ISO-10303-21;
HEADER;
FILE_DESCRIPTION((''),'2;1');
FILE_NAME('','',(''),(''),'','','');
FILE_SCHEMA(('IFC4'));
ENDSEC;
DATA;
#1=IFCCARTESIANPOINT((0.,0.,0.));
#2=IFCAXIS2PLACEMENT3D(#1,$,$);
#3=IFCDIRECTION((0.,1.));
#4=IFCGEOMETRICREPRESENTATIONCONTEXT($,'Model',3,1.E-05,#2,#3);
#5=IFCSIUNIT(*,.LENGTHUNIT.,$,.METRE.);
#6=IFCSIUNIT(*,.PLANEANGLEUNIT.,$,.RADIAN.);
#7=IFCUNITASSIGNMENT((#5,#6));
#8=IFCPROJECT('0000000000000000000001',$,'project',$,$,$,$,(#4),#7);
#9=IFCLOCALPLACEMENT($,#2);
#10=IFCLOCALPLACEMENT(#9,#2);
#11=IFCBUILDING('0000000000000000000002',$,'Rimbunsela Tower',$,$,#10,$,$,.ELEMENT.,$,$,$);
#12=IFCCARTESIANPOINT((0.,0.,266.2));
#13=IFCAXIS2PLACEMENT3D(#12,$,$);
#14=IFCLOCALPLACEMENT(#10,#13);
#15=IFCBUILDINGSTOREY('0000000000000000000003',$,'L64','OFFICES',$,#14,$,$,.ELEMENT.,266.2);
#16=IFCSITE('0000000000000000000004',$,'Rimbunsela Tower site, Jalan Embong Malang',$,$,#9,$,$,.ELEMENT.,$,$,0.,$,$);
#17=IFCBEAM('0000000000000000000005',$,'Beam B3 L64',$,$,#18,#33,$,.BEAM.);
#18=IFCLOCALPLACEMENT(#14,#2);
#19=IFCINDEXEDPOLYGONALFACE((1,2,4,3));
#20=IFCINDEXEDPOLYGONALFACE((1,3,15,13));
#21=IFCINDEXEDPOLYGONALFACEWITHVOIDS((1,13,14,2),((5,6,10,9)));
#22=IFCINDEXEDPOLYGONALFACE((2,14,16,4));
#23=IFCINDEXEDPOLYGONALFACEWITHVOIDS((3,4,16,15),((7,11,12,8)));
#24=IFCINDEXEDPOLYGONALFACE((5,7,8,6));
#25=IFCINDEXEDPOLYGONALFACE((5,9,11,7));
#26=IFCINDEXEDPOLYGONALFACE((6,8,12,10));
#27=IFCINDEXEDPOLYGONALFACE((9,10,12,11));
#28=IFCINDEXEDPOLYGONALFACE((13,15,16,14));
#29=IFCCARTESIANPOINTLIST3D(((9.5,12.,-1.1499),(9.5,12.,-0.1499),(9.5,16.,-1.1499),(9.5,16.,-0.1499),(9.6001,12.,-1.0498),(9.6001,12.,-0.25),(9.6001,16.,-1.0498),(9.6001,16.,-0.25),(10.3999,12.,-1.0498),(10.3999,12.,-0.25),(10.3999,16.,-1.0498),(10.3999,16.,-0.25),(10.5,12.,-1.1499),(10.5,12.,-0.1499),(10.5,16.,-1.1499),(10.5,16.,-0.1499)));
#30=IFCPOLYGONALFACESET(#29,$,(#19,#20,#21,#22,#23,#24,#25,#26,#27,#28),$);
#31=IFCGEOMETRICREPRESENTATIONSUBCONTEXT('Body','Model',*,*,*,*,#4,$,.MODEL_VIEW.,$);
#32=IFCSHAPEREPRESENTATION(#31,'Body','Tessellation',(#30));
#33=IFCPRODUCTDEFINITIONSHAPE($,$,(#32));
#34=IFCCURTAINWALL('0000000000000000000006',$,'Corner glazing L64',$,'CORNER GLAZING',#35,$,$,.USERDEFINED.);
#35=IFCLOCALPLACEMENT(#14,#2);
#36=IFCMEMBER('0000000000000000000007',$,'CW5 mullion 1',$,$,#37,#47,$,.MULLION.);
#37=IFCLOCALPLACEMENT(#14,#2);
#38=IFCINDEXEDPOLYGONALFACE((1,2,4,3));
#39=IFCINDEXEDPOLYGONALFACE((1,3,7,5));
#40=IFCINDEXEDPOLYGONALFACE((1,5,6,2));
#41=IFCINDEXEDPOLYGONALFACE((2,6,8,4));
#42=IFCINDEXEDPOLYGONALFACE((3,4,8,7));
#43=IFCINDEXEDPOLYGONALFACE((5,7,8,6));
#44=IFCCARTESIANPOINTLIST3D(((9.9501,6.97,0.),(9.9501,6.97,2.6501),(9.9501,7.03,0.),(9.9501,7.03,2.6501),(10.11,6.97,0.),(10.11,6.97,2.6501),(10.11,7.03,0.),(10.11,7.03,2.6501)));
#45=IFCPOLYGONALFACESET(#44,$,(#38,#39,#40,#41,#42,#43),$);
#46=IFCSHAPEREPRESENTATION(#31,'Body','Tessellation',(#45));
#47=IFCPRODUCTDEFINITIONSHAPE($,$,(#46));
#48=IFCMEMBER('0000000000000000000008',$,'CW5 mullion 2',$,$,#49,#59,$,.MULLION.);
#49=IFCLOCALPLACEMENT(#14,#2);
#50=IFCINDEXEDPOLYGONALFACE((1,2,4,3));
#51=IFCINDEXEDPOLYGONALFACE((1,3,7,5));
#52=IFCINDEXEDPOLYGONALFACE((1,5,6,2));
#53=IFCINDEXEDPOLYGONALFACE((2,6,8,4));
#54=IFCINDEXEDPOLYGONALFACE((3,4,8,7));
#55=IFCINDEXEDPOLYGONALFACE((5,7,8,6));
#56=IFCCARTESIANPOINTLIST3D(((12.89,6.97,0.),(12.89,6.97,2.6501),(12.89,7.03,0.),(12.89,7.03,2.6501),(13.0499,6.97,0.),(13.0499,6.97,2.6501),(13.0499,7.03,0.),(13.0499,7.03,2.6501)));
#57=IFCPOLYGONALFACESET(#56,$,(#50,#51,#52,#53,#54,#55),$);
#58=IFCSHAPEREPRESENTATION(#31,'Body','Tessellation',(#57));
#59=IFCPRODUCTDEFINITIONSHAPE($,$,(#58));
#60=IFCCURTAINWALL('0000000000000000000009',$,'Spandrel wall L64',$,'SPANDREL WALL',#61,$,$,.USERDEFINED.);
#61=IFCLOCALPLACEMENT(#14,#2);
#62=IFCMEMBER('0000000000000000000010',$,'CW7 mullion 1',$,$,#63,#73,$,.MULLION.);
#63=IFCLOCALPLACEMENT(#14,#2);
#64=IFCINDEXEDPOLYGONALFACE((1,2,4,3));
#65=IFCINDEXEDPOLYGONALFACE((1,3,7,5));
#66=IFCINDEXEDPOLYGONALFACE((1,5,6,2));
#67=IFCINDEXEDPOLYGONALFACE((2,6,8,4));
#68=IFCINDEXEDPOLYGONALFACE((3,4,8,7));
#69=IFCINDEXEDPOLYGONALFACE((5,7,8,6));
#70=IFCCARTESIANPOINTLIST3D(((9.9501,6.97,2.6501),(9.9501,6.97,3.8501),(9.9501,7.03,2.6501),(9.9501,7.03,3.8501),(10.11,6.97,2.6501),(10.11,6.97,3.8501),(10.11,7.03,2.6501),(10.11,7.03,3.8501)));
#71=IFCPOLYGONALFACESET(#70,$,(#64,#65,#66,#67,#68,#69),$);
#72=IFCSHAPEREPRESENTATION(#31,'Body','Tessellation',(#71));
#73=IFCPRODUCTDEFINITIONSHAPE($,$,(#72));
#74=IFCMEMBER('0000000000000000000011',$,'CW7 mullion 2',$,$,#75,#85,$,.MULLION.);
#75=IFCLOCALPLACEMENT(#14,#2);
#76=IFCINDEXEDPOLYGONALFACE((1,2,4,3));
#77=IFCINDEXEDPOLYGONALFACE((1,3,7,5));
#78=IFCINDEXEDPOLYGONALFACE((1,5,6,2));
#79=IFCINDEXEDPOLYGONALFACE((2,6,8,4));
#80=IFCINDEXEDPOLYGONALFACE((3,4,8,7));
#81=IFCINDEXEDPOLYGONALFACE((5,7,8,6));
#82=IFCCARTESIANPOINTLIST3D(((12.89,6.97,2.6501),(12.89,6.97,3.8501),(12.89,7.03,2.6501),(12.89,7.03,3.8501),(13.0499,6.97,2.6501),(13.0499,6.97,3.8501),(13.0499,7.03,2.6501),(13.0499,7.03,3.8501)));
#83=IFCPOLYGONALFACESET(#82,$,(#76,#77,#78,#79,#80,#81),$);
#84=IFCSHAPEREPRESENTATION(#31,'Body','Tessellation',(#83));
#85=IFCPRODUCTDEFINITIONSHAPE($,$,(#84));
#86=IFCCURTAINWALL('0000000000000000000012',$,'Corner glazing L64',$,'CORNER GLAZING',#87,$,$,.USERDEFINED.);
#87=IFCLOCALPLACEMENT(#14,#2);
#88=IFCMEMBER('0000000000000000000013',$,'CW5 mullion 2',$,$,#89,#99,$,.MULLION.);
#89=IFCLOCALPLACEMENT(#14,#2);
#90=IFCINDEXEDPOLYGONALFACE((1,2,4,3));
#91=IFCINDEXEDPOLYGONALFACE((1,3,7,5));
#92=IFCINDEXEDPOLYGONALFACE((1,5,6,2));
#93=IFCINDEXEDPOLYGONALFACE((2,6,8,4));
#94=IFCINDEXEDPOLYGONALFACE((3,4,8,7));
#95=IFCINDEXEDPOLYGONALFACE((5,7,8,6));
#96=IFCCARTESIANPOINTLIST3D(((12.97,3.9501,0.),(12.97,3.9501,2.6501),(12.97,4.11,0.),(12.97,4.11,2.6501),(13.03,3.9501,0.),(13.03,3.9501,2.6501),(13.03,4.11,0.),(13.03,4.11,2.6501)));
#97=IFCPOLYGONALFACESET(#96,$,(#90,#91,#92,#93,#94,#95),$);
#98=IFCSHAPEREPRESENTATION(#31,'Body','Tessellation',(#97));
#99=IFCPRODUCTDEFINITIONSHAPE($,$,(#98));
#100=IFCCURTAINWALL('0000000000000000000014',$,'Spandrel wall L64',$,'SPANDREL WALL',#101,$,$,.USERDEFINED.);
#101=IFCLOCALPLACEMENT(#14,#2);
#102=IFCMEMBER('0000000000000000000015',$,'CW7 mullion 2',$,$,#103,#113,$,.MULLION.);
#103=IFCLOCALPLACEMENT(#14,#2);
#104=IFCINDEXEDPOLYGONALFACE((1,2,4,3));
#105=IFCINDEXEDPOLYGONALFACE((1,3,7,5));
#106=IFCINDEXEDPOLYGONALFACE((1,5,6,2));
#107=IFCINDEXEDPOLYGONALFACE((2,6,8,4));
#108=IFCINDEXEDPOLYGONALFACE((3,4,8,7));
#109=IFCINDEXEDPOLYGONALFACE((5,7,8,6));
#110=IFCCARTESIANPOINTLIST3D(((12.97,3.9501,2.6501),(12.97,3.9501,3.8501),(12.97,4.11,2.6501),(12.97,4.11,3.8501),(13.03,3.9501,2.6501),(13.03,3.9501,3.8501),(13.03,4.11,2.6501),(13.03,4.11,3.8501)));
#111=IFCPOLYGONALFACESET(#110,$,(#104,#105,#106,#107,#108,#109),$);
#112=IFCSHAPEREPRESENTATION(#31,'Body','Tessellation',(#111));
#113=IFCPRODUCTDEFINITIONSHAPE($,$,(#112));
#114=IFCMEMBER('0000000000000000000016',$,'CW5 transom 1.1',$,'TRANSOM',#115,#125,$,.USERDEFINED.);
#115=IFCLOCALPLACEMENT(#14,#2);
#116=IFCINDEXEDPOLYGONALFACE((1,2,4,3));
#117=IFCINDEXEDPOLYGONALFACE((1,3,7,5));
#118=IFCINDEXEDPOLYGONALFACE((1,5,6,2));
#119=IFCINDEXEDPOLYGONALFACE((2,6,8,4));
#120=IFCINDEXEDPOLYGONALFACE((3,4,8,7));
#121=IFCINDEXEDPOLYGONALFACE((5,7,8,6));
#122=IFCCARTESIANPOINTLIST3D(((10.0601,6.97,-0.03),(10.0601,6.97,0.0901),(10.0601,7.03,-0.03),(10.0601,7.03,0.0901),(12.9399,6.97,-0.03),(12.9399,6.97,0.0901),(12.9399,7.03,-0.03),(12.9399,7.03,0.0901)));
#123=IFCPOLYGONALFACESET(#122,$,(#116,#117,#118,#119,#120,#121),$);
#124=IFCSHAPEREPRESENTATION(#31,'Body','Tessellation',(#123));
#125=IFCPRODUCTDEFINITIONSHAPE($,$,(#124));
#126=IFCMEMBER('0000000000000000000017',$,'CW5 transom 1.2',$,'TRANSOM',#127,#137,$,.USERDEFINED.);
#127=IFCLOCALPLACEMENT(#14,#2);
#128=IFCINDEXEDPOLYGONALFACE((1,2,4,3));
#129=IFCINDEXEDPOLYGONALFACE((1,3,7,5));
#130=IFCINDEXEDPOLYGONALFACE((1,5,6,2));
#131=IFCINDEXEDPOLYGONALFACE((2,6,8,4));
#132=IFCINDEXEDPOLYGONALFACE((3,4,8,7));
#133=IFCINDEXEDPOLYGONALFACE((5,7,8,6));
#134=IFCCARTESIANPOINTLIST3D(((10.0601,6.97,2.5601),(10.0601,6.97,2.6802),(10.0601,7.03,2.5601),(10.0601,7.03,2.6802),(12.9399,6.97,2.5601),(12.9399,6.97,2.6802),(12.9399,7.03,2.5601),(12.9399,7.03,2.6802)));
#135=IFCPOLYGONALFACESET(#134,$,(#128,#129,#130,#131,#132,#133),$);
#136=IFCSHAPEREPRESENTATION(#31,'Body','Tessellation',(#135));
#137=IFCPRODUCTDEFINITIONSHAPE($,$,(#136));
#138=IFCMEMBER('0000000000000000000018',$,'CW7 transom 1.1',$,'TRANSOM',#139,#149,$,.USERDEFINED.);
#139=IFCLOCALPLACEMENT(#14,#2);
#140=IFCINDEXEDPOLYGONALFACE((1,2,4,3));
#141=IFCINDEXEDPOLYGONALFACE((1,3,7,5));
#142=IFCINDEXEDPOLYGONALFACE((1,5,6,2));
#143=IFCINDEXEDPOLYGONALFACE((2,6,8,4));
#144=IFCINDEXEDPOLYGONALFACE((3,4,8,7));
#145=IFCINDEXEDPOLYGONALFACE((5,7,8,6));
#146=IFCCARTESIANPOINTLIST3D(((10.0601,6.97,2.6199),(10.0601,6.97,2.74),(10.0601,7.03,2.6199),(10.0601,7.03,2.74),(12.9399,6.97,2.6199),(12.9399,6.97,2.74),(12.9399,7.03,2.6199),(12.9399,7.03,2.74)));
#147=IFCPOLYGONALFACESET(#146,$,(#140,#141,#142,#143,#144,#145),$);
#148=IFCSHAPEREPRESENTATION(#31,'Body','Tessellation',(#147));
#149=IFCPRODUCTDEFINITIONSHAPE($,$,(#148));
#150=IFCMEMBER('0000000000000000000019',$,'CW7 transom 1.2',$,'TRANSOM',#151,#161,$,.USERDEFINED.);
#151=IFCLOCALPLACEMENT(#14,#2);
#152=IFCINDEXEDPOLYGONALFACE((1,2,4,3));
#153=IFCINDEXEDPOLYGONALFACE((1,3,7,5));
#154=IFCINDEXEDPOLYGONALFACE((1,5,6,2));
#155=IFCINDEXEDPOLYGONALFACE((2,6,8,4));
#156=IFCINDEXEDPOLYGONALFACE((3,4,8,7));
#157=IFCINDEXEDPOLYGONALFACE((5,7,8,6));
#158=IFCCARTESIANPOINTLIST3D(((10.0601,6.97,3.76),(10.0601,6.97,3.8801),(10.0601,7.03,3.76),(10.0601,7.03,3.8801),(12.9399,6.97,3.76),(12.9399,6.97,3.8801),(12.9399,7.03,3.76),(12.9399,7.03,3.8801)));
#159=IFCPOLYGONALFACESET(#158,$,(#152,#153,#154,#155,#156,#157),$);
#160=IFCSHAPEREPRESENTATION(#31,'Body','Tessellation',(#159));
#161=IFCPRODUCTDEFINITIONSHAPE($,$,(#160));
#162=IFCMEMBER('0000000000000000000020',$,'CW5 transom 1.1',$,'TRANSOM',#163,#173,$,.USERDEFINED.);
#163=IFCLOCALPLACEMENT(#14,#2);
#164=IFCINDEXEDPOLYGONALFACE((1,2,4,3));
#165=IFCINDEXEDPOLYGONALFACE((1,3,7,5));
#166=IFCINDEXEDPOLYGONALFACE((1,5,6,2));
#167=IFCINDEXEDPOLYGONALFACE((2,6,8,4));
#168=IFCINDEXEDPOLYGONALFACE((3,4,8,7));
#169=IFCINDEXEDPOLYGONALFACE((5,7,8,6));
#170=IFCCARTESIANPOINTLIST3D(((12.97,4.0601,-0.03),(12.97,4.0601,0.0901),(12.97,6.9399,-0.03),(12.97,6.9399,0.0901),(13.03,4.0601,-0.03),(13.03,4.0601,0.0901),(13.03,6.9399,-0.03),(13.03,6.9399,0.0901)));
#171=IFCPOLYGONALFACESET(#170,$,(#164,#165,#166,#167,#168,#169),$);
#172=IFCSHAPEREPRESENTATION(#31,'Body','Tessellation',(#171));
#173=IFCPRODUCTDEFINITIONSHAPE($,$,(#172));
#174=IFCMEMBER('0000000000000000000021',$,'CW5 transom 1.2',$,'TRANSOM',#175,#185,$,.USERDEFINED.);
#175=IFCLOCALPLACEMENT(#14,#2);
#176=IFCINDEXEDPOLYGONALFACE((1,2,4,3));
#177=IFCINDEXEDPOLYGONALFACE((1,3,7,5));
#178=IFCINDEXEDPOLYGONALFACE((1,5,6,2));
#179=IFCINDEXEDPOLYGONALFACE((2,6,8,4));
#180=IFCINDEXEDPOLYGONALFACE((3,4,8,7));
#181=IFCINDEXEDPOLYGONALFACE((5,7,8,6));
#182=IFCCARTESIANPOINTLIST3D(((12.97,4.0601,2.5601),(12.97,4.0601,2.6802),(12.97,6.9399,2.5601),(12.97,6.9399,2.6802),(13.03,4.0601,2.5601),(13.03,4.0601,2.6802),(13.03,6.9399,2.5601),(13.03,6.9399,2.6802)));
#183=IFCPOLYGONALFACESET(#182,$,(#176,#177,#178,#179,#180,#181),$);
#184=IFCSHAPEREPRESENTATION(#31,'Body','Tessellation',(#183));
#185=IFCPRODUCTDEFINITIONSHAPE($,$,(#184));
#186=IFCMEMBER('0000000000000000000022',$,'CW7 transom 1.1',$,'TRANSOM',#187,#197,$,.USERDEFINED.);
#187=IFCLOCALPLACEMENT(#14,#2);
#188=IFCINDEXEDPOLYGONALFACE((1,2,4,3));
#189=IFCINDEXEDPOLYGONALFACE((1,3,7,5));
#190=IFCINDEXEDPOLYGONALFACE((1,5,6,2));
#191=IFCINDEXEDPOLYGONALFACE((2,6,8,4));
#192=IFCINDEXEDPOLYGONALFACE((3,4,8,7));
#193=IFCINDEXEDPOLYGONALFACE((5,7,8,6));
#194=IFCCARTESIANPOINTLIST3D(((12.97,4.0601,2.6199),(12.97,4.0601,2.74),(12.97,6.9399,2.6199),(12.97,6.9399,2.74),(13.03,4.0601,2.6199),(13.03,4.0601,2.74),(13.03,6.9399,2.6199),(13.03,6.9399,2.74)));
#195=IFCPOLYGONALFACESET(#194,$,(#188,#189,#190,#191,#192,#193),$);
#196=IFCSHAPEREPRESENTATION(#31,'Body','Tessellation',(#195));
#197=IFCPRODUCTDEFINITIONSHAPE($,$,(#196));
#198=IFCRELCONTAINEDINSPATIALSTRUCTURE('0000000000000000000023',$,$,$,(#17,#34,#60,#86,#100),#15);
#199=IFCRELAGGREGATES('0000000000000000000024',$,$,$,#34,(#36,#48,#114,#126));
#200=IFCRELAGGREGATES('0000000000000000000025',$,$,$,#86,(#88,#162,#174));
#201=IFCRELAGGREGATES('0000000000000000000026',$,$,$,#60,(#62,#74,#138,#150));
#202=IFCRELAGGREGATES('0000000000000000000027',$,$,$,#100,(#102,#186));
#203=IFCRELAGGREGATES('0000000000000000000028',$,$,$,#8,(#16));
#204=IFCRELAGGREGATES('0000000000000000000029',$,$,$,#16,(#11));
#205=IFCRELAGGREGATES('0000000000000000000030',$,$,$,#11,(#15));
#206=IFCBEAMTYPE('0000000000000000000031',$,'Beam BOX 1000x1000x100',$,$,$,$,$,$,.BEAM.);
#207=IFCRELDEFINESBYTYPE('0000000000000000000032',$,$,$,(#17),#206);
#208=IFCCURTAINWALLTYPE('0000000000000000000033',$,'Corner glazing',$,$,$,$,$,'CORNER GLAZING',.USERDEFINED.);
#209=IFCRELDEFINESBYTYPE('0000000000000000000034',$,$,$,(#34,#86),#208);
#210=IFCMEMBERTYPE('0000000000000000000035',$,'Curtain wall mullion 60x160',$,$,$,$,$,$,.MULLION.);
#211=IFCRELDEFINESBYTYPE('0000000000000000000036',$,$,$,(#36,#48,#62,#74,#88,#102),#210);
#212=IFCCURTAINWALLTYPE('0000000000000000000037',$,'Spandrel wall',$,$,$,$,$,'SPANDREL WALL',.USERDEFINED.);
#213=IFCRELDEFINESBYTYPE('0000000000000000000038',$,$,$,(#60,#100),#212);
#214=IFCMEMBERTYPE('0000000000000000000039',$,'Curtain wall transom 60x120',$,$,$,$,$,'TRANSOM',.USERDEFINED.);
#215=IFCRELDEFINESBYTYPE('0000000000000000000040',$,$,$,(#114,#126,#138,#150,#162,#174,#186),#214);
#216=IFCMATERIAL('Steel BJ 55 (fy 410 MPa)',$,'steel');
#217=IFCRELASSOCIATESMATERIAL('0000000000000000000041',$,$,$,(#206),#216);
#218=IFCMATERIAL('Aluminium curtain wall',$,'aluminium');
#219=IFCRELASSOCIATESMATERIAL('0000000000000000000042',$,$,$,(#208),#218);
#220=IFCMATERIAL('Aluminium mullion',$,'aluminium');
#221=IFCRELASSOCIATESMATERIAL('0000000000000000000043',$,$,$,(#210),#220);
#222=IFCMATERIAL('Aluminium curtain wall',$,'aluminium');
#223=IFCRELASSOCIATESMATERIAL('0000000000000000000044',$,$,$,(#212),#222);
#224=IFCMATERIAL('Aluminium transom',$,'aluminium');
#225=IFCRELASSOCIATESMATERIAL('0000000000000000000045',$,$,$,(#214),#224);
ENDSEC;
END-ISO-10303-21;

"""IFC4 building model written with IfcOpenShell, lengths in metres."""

from ifc_helpers import new_model, si_unit, direction, frame, origin, origin_2d, place, context, subcontext, project, spatial, rectangle, hollow_rectangle, extrude, material, material_profile, profile_set, type_object, element, aggregate, save


model = new_model("IFC4")

# Units and contexts
model_context = context("Model", 3, precision=1e-05, world=origin(), true_north=direction((0.0, 1.0)))
body_context = subcontext(model_context, "Body", "Model", "MODEL_VIEW")
ifc_project = project(units=[si_unit("LENGTHUNIT", "METRE"), si_unit("PLANEANGLEUNIT", "RADIAN")], contexts=[model_context])

# Site, building, storey
site_placement = place(None, origin())
site = spatial("IfcSite", under=ifc_project, at=site_placement, Name="Rimbunsela Tower site, Jalan Embong Malang", CompositionType="ELEMENT", RefElevation=0.0)
building_placement = place(site_placement, origin())
building = spatial("IfcBuilding", under=site, at=building_placement, Name="Rimbunsela Tower", CompositionType="ELEMENT")
storey_placement = place(building_placement, frame((0.0, 0.0, 266.2)))
storey = spatial("IfcBuildingStorey", under=building, at=storey_placement, Name="L64", Description="OFFICES", CompositionType="ELEMENT", Elevation=266.2)

# Beam
ifc_material_1 = material(Name="Steel BJ 55 (fy 410 MPa)", Category="steel")
ifc_material_profile_1 = material_profile(ifc_material_1, hollow_rectangle(XDim=1.0, YDim=1.0, WallThickness=0.1001, at=origin_2d()), Name="BOX 1000x1000x100")
ifc_profile_set_1 = profile_set([ifc_material_profile_1], Name="Steel BJ 55 (fy 410 MPa)")
beam_type = type_object("IfcBeamType", Name="Beam BOX 1000x1000x100", PredefinedType="BEAM", material=ifc_profile_set_1)
beam_placement = place(storey_placement, frame((10.0, 12.0, -0.6499), z_axis=(0.0, 1.0, 0.0), x_axis=(-1.0, 0.0, 0.0)))
element("IfcBeam", 1, at=beam_placement, inside=storey, type_object=beam_type, Name="Beam B3 L64", PredefinedType="BEAM", context=body_context, shape_type="SweptSolid", body=[
    extrude(hollow_rectangle(XDim=1.0, YDim=1.0, WallThickness=0.1001, at=origin_2d()), origin(), (0.0, 0.0, 1.0), 4.0),
])

# Curtain walls, members
ifc_material_2 = material(Name="Aluminium curtain wall", Category="aluminium")
curtain_wall_type_1 = type_object("IfcCurtainWallType", Name="Corner glazing", ElementType="CORNER GLAZING", PredefinedType="USERDEFINED", material=ifc_material_2)
curtain_wall_1_placement = place(storey_placement, origin())
curtain_wall_1 = element("IfcCurtainWall", 2, at=curtain_wall_1_placement, inside=storey, type_object=curtain_wall_type_1, Name="Corner glazing L64", ObjectType="CORNER GLAZING", PredefinedType="USERDEFINED")
ifc_material_3 = material(Name="Aluminium mullion", Category="aluminium")
ifc_material_profile_2 = material_profile(ifc_material_3, rectangle(XDim=0.0601, YDim=0.1599, at=origin_2d()), Name="Mullion 60x160")
ifc_profile_set_2 = profile_set([ifc_material_profile_2], Name="Aluminium mullion")
member_type_1 = type_object("IfcMemberType", Name="Curtain wall mullion 60x160", PredefinedType="MULLION", material=ifc_profile_set_2)
member_1_placement = place(storey_placement, frame((10.03, 7.0, 0.0), z_axis=(0.0, 0.0, 1.0), x_axis=(0.0, 1.0, 0.0)))
member_1 = element("IfcMember", 3, at=member_1_placement, type_object=member_type_1, Name="CW5 mullion 1", PredefinedType="MULLION", context=body_context, shape_type="SweptSolid", body=[
    extrude(rectangle(XDim=0.0601, YDim=0.1599, at=origin_2d()), origin(), (0.0, 0.0, 1.0), 2.6501),
])
member_2_placement = place(storey_placement, frame((12.97, 7.0, 0.0), z_axis=(0.0, 0.0, 1.0), x_axis=(0.0, 1.0, 0.0)))
member_2 = element("IfcMember", 4, at=member_2_placement, type_object=member_type_1, Name="CW5 mullion 2", PredefinedType="MULLION", context=body_context, shape_type="SweptSolid", body=[
    extrude(rectangle(XDim=0.0601, YDim=0.1599, at=origin_2d()), origin(), (0.0, 0.0, 1.0), 2.6501),
])
ifc_material_4 = material(Name="Aluminium curtain wall", Category="aluminium")
curtain_wall_type_2 = type_object("IfcCurtainWallType", Name="Spandrel wall", ElementType="SPANDREL WALL", PredefinedType="USERDEFINED", material=ifc_material_4)
curtain_wall_2_placement = place(storey_placement, origin())
curtain_wall_2 = element("IfcCurtainWall", 5, at=curtain_wall_2_placement, inside=storey, type_object=curtain_wall_type_2, Name="Spandrel wall L64", ObjectType="SPANDREL WALL", PredefinedType="USERDEFINED")
member_3_placement = place(storey_placement, frame((10.03, 7.0, 2.6501), z_axis=(0.0, 0.0, 1.0), x_axis=(0.0, 1.0, 0.0)))
member_3 = element("IfcMember", 6, at=member_3_placement, type_object=member_type_1, Name="CW7 mullion 1", PredefinedType="MULLION", context=body_context, shape_type="SweptSolid", body=[
    extrude(rectangle(XDim=0.0601, YDim=0.1599, at=origin_2d()), origin(), (0.0, 0.0, 1.0), 1.2),
])
member_4_placement = place(storey_placement, frame((12.97, 7.0, 2.6501), z_axis=(0.0, 0.0, 1.0), x_axis=(0.0, 1.0, 0.0)))
member_4 = element("IfcMember", 7, at=member_4_placement, type_object=member_type_1, Name="CW7 mullion 2", PredefinedType="MULLION", context=body_context, shape_type="SweptSolid", body=[
    extrude(rectangle(XDim=0.0601, YDim=0.1599, at=origin_2d()), origin(), (0.0, 0.0, 1.0), 1.2),
])

# Curtain walls, members
curtain_wall_3_placement = place(storey_placement, origin())
curtain_wall_3 = element("IfcCurtainWall", 8, at=curtain_wall_3_placement, inside=storey, type_object=curtain_wall_type_1, Name="Corner glazing L64", ObjectType="CORNER GLAZING", PredefinedType="USERDEFINED")
member_5_placement = place(storey_placement, frame((13.0, 4.03, 0.0), z_axis=(0.0, 0.0, 1.0), x_axis=(1.0, 0.0, 0.0)))
member_5 = element("IfcMember", 9, at=member_5_placement, type_object=member_type_1, Name="CW5 mullion 2", PredefinedType="MULLION", context=body_context, shape_type="SweptSolid", body=[
    extrude(rectangle(XDim=0.0601, YDim=0.1599, at=origin_2d()), origin(), (0.0, 0.0, 1.0), 2.6501),
])
curtain_wall_4_placement = place(storey_placement, origin())
curtain_wall_4 = element("IfcCurtainWall", 10, at=curtain_wall_4_placement, inside=storey, type_object=curtain_wall_type_2, Name="Spandrel wall L64", ObjectType="SPANDREL WALL", PredefinedType="USERDEFINED")
member_6_placement = place(storey_placement, frame((13.0, 4.03, 2.6501), z_axis=(0.0, 0.0, 1.0), x_axis=(1.0, 0.0, 0.0)))
member_6 = element("IfcMember", 11, at=member_6_placement, type_object=member_type_1, Name="CW7 mullion 2", PredefinedType="MULLION", context=body_context, shape_type="SweptSolid", body=[
    extrude(rectangle(XDim=0.0601, YDim=0.1599, at=origin_2d()), origin(), (0.0, 0.0, 1.0), 1.2),
])

# Members
ifc_material_5 = material(Name="Aluminium transom", Category="aluminium")
ifc_material_profile_3 = material_profile(ifc_material_5, rectangle(XDim=0.0601, YDim=0.1201, at=origin_2d()), Name="Transom 60x120")
ifc_profile_set_3 = profile_set([ifc_material_profile_3], Name="Aluminium transom")
member_type_2 = type_object("IfcMemberType", Name="Curtain wall transom 60x120", ElementType="TRANSOM", PredefinedType="USERDEFINED", material=ifc_profile_set_3)
member_7_placement = place(storey_placement, frame((10.0601, 7.0, 0.03), z_axis=(1.0, 0.0, 0.0), x_axis=(0.0, 1.0, 0.0)))
member_7 = element("IfcMember", 12, at=member_7_placement, type_object=member_type_2, Name="CW5 transom 1.1", ObjectType="TRANSOM", PredefinedType="USERDEFINED", context=body_context, shape_type="SweptSolid", body=[
    extrude(rectangle(XDim=0.0601, YDim=0.1201, at=origin_2d()), origin(), (0.0, 0.0, 1.0), 2.8799),
])
member_8_placement = place(storey_placement, frame((10.0601, 7.0, 2.6201), z_axis=(1.0, 0.0, 0.0), x_axis=(0.0, 1.0, 0.0)))
member_8 = element("IfcMember", 13, at=member_8_placement, type_object=member_type_2, Name="CW5 transom 1.2", ObjectType="TRANSOM", PredefinedType="USERDEFINED", context=body_context, shape_type="SweptSolid", body=[
    extrude(rectangle(XDim=0.0601, YDim=0.1201, at=origin_2d()), origin(), (0.0, 0.0, 1.0), 2.8799),
])
member_9_placement = place(storey_placement, frame((10.0601, 7.0, 2.6799), z_axis=(1.0, 0.0, 0.0), x_axis=(0.0, 1.0, 0.0)))
member_9 = element("IfcMember", 14, at=member_9_placement, type_object=member_type_2, Name="CW7 transom 1.1", ObjectType="TRANSOM", PredefinedType="USERDEFINED", context=body_context, shape_type="SweptSolid", body=[
    extrude(rectangle(XDim=0.0601, YDim=0.1201, at=origin_2d()), origin(), (0.0, 0.0, 1.0), 2.8799),
])
member_10_placement = place(storey_placement, frame((10.0601, 7.0, 3.8201), z_axis=(1.0, 0.0, 0.0), x_axis=(0.0, 1.0, 0.0)))
member_10 = element("IfcMember", 15, at=member_10_placement, type_object=member_type_2, Name="CW7 transom 1.2", ObjectType="TRANSOM", PredefinedType="USERDEFINED", context=body_context, shape_type="SweptSolid", body=[
    extrude(rectangle(XDim=0.0601, YDim=0.1201, at=origin_2d()), origin(), (0.0, 0.0, 1.0), 2.8799),
])
member_11_placement = place(storey_placement, frame((13.0, 6.9399, 0.03), z_axis=(0.0, -1.0, 0.0), x_axis=(1.0, 0.0, 0.0)))
member_11 = element("IfcMember", 16, at=member_11_placement, type_object=member_type_2, Name="CW5 transom 1.1", ObjectType="TRANSOM", PredefinedType="USERDEFINED", context=body_context, shape_type="SweptSolid", body=[
    extrude(rectangle(XDim=0.0601, YDim=0.1201, at=origin_2d()), origin(), (0.0, 0.0, 1.0), 2.8799),
])
member_12_placement = place(storey_placement, frame((13.0, 6.9399, 2.6201), z_axis=(0.0, -1.0, 0.0), x_axis=(1.0, 0.0, 0.0)))
member_12 = element("IfcMember", 17, at=member_12_placement, type_object=member_type_2, Name="CW5 transom 1.2", ObjectType="TRANSOM", PredefinedType="USERDEFINED", context=body_context, shape_type="SweptSolid", body=[
    extrude(rectangle(XDim=0.0601, YDim=0.1201, at=origin_2d()), origin(), (0.0, 0.0, 1.0), 2.8799),
])
member_13_placement = place(storey_placement, frame((13.0, 6.9399, 2.6799), z_axis=(0.0, -1.0, 0.0), x_axis=(1.0, 0.0, 0.0)))
member_13 = element("IfcMember", 18, at=member_13_placement, type_object=member_type_2, Name="CW7 transom 1.1", ObjectType="TRANSOM", PredefinedType="USERDEFINED", context=body_context, shape_type="SweptSolid", body=[
    extrude(rectangle(XDim=0.0601, YDim=0.1201, at=origin_2d()), origin(), (0.0, 0.0, 1.0), 2.8799),
])

aggregate(curtain_wall_1, [member_1, member_2, member_7, member_8])
aggregate(curtain_wall_3, [member_5, member_11, member_12])
aggregate(curtain_wall_2, [member_3, member_4, member_9, member_10])
aggregate(curtain_wall_4, [member_6, member_13])

save(model, "model.ifc")
